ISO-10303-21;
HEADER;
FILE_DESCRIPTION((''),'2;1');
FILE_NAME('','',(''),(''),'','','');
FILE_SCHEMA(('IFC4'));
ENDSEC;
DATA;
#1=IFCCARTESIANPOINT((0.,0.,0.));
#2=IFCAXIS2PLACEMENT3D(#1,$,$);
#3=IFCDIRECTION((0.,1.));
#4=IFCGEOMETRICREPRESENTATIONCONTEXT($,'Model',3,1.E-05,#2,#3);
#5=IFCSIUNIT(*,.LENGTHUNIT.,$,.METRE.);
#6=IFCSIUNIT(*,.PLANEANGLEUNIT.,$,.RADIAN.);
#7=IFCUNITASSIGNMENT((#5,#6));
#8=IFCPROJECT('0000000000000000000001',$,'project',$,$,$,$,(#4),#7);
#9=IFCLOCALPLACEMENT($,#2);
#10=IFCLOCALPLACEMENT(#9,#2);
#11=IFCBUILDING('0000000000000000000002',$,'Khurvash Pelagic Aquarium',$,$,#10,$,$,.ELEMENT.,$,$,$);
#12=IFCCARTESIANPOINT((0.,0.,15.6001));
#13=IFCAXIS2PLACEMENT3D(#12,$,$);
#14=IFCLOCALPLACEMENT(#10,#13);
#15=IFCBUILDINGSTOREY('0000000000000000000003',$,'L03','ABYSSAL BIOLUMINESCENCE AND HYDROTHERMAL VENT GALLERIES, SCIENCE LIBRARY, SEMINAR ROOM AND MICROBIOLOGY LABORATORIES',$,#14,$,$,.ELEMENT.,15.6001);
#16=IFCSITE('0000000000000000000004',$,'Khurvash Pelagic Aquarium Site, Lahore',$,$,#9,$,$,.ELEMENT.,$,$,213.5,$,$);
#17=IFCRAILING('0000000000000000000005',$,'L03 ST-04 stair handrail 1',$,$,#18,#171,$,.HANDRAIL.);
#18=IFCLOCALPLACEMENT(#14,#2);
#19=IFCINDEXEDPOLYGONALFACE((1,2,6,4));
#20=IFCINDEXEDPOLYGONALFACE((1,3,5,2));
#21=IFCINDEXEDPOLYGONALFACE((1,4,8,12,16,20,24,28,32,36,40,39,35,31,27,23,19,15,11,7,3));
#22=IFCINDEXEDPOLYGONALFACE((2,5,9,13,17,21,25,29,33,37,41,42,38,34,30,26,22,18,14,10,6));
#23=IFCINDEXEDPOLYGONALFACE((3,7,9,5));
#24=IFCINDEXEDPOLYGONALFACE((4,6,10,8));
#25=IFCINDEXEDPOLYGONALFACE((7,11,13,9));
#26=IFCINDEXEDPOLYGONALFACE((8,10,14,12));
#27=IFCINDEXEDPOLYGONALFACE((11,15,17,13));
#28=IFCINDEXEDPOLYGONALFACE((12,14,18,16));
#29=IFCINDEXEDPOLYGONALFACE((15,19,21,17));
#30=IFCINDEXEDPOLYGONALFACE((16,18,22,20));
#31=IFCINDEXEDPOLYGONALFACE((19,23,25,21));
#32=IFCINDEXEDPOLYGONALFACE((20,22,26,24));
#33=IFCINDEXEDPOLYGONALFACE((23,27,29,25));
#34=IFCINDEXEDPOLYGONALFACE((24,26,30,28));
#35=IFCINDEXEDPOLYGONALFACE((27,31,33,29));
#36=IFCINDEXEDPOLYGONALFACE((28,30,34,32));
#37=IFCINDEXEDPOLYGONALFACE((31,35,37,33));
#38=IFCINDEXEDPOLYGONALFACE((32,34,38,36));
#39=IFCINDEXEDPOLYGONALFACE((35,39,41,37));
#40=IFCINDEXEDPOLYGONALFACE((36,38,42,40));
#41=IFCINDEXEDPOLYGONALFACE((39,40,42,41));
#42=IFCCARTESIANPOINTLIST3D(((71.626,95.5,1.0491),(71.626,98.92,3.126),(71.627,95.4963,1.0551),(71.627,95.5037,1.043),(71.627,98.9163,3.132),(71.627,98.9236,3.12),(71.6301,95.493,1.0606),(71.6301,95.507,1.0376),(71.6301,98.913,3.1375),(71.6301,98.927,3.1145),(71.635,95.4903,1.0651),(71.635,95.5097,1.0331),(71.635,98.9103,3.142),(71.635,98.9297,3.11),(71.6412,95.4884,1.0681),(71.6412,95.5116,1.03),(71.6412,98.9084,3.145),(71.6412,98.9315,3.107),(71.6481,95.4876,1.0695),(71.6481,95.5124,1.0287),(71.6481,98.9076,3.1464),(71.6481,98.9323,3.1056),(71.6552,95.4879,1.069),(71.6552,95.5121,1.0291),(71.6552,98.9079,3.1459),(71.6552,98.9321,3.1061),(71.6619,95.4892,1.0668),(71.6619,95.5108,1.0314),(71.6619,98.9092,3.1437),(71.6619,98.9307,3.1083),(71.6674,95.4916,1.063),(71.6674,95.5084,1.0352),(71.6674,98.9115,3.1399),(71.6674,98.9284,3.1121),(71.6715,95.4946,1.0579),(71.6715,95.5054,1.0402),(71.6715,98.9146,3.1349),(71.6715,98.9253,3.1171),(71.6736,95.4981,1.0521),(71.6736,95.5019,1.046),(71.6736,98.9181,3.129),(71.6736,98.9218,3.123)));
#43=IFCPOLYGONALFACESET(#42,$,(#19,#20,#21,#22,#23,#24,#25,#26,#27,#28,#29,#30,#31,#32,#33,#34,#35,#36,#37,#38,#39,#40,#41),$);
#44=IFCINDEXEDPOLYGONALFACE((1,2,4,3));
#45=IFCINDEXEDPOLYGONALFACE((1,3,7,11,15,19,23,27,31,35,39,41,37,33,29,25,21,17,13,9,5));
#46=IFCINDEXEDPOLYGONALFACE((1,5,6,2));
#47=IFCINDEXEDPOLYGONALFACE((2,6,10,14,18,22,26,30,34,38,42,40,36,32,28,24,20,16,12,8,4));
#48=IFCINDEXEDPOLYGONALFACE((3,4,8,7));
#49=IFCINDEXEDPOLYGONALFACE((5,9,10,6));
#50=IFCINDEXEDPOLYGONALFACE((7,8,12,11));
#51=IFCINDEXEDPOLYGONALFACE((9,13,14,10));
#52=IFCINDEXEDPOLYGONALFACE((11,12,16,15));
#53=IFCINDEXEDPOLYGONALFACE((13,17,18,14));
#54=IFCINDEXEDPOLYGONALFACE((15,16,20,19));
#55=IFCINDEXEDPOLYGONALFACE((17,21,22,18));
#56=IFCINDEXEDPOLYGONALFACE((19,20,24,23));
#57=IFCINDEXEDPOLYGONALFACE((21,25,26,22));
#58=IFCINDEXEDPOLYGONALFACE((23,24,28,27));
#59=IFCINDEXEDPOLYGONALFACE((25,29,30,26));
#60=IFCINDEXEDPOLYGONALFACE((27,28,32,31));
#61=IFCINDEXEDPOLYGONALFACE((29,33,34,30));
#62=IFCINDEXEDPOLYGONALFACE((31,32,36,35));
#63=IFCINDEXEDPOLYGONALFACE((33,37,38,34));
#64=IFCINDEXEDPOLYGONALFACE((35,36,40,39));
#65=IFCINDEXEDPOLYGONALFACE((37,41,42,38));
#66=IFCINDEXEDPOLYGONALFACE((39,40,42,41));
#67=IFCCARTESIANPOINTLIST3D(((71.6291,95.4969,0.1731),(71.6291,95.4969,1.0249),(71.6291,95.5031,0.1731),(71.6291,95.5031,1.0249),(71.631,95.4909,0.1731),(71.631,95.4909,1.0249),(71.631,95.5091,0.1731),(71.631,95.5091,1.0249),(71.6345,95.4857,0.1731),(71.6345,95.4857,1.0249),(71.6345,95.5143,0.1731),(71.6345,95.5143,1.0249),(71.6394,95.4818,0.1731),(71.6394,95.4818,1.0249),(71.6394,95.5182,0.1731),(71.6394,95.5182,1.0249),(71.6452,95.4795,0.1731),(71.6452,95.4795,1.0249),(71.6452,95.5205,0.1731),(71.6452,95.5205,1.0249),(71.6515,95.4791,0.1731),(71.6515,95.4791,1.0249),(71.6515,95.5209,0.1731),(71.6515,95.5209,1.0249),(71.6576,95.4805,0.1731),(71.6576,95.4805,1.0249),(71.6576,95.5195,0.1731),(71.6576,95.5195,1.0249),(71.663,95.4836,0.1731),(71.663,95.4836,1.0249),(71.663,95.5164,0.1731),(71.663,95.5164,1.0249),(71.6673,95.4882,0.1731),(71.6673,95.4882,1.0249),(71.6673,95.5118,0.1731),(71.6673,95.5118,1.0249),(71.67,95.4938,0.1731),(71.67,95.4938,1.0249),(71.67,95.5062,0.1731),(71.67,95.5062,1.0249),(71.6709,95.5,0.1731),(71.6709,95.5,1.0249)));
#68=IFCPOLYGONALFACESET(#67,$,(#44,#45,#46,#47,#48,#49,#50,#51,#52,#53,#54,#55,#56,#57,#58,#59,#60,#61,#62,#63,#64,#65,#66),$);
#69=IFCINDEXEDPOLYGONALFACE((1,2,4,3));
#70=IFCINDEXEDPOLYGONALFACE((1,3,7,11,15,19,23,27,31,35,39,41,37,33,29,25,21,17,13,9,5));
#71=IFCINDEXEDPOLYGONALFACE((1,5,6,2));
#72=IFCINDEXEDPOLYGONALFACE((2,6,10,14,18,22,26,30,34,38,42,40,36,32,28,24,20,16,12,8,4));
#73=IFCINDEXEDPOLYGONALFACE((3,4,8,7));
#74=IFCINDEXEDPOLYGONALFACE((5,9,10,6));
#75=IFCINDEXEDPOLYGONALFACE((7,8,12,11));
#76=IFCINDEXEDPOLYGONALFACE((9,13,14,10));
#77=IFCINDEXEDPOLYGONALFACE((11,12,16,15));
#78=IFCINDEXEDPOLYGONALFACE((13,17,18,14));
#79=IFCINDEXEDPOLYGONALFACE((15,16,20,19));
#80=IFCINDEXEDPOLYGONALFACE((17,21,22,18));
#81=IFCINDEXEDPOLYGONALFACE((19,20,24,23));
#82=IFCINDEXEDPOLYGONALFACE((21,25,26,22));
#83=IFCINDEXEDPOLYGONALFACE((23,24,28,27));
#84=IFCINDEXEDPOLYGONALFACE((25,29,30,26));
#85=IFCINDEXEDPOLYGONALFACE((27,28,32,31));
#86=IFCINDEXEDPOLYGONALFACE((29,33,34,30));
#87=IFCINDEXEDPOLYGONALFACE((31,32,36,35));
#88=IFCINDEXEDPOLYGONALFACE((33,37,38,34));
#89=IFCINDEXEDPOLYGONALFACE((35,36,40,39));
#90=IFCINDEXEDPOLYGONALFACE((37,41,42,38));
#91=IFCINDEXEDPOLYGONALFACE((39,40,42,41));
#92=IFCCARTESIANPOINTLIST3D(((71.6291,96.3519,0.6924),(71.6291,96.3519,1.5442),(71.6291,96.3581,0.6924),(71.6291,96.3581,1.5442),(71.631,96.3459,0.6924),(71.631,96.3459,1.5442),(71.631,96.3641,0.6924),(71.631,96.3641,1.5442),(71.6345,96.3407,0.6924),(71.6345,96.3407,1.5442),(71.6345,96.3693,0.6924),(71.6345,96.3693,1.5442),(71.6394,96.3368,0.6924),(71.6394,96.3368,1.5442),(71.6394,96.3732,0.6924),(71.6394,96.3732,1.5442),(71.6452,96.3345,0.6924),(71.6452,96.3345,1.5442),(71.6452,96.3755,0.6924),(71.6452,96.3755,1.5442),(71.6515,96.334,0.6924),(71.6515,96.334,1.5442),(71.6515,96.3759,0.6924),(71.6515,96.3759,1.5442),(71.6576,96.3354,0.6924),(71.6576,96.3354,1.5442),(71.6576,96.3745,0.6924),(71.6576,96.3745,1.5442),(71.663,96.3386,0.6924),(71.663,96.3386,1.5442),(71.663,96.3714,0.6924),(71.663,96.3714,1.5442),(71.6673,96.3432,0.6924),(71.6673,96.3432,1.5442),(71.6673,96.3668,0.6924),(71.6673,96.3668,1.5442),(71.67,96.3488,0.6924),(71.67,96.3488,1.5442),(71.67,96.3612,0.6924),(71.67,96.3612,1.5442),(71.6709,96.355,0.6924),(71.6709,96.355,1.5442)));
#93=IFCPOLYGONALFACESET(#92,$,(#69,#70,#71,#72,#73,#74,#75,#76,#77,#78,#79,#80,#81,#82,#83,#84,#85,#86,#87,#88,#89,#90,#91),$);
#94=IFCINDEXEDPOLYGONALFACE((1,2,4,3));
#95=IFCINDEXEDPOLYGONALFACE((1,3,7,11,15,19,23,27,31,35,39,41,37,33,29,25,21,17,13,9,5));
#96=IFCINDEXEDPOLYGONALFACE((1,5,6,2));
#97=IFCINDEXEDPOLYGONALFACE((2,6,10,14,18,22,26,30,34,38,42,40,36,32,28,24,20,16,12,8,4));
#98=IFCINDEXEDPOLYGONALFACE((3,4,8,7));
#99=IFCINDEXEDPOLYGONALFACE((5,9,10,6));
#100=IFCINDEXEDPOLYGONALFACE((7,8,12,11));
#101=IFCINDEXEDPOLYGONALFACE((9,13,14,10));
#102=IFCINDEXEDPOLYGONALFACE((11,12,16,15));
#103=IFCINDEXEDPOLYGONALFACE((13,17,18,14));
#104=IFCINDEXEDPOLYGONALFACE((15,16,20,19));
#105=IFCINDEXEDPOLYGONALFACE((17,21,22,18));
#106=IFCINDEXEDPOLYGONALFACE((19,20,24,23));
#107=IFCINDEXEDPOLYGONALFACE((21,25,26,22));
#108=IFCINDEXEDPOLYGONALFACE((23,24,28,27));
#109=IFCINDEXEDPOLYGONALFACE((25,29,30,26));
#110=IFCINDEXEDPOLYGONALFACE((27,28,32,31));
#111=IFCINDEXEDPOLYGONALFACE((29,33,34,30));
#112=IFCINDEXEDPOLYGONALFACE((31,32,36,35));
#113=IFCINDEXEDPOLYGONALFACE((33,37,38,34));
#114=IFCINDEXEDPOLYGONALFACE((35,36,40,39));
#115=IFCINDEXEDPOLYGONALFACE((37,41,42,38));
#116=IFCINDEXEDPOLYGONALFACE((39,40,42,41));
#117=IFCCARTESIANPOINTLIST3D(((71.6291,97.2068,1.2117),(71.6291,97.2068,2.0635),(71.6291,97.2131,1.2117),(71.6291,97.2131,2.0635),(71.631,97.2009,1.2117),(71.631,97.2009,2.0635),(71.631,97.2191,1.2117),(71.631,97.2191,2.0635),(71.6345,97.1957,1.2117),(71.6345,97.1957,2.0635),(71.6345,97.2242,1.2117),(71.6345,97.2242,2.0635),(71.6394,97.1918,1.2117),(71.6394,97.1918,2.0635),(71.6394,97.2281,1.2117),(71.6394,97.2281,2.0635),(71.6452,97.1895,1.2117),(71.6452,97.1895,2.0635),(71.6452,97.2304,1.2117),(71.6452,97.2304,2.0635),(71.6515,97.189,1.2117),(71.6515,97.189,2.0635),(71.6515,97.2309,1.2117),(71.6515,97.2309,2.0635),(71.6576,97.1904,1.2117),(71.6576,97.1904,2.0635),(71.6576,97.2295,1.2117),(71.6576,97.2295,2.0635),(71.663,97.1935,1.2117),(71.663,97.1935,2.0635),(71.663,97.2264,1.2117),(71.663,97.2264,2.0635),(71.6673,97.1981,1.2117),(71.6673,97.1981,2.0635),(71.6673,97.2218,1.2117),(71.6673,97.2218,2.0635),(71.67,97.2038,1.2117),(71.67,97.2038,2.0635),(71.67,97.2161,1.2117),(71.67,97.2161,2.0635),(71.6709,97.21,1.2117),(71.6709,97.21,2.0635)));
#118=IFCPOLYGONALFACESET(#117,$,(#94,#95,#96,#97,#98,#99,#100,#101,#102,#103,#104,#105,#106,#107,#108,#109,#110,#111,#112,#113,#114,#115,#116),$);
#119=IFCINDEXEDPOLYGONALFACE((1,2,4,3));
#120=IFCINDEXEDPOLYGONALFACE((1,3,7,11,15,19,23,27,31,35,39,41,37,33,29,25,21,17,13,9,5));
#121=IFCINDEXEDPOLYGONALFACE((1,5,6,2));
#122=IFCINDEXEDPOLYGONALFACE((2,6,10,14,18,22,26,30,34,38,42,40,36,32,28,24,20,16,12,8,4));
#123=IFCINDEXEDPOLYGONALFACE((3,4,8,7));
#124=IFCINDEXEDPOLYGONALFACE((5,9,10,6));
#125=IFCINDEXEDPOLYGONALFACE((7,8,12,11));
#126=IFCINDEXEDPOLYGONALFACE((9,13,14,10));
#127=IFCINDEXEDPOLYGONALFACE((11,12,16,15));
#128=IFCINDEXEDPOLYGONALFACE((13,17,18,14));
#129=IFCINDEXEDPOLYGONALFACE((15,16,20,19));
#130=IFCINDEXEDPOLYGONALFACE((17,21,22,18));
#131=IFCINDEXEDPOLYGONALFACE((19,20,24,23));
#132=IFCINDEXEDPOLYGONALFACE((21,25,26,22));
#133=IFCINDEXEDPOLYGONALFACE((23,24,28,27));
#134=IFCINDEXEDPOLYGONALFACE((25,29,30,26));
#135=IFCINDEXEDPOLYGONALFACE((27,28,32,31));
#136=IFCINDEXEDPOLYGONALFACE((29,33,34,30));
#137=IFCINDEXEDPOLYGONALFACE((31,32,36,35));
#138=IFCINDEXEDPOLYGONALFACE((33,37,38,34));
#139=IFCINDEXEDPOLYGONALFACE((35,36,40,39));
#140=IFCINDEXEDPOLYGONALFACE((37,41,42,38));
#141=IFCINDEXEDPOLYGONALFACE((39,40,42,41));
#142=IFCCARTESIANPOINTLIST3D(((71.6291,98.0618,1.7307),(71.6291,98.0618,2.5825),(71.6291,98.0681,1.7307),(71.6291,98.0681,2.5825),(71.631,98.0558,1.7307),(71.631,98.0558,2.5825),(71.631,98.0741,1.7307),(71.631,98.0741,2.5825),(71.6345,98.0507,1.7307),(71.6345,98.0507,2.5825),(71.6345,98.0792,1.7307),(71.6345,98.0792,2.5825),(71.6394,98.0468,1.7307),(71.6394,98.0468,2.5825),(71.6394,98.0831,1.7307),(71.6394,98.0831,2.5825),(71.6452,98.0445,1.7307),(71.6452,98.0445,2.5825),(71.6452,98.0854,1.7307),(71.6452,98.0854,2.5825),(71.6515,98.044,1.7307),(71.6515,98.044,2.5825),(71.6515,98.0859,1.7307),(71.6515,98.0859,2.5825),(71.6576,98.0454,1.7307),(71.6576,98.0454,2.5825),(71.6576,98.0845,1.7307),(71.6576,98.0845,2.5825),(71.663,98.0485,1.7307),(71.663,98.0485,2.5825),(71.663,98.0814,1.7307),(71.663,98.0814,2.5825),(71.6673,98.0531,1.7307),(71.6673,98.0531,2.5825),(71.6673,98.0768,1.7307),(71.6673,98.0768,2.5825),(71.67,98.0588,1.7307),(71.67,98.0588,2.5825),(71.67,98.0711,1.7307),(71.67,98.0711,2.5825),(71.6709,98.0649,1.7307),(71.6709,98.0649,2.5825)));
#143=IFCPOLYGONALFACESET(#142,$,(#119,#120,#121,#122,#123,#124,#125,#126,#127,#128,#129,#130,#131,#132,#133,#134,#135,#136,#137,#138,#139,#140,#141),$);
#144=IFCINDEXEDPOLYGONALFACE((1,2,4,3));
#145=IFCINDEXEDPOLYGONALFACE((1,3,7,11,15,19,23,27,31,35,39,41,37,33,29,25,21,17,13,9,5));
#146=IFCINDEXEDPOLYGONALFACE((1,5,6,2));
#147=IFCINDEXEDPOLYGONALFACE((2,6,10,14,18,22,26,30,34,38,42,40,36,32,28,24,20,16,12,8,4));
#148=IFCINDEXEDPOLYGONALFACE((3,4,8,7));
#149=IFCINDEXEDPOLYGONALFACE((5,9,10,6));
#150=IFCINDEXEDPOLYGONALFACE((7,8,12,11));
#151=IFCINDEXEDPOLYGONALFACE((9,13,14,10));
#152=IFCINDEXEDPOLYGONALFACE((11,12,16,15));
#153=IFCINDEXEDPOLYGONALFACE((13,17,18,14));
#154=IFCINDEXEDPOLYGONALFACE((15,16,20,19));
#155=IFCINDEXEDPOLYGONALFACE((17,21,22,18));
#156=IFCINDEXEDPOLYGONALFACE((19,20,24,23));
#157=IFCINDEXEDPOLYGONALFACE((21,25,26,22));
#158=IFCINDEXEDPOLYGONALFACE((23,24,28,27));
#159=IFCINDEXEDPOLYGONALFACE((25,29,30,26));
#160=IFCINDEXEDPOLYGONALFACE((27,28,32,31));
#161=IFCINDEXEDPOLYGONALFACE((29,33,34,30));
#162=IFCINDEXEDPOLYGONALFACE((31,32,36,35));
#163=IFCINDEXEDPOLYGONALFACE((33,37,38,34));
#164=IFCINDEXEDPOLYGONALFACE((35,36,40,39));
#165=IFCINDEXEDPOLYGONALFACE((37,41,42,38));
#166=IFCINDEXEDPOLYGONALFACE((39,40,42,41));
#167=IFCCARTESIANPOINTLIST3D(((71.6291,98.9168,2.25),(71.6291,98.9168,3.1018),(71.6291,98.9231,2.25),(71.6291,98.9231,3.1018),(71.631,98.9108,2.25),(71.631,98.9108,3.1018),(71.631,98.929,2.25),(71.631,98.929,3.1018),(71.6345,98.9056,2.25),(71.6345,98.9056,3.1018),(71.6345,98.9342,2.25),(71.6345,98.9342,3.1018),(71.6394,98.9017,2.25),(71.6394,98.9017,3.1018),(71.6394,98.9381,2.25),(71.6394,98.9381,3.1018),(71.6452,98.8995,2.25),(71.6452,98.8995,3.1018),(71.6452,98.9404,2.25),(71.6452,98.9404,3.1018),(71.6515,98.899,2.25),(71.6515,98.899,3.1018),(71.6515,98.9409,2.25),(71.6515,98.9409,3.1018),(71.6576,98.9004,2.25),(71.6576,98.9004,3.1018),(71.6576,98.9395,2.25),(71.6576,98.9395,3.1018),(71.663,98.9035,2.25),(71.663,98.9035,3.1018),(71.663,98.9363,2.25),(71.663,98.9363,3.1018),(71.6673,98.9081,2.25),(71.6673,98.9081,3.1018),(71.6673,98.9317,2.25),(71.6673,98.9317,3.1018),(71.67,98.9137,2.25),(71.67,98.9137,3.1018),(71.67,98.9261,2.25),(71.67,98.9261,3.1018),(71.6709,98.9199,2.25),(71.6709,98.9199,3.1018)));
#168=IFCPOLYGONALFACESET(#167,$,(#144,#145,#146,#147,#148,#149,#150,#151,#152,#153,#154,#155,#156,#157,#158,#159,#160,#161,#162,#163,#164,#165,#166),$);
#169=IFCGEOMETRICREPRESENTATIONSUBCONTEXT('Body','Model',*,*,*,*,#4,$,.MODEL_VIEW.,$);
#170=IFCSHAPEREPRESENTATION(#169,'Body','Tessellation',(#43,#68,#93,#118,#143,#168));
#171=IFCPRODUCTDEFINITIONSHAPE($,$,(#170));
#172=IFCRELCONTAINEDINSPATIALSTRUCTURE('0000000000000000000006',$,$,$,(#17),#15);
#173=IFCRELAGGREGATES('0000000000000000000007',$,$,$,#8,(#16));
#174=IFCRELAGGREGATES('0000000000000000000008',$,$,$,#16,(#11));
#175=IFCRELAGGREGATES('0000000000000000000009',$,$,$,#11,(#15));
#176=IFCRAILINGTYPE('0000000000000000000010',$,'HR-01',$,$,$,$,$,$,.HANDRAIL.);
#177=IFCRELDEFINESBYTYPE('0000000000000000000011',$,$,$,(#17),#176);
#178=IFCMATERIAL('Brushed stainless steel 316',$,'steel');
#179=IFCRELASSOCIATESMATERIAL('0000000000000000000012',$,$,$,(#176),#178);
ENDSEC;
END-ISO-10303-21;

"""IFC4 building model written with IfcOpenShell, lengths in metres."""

from ifc_helpers import new_model, si_unit, direction, frame, origin, origin_2d, place, context, subcontext, project, spatial, circle, extrude, material, type_object, element, save


model = new_model("IFC4")

# Units and contexts
model_context = context("Model", 3, precision=1e-05, world=origin(), true_north=direction((0.0, 1.0)))
body_context = subcontext(model_context, "Body", "Model", "MODEL_VIEW")
ifc_project = project(units=[si_unit("LENGTHUNIT", "METRE"), si_unit("PLANEANGLEUNIT", "RADIAN")], contexts=[model_context])

# Site, building, storey
site_placement = place(None, origin())
site = spatial("IfcSite", under=ifc_project, at=site_placement, Name="Khurvash Pelagic Aquarium Site, Lahore", CompositionType="ELEMENT", RefElevation=213.5)
building_placement = place(site_placement, origin())
building = spatial("IfcBuilding", under=site, at=building_placement, Name="Khurvash Pelagic Aquarium", CompositionType="ELEMENT")
storey_placement = place(building_placement, frame((0.0, 0.0, 15.6001)))
storey = spatial("IfcBuildingStorey", under=building, at=storey_placement, Name="L03", Description="ABYSSAL BIOLUMINESCENCE AND HYDROTHERMAL VENT GALLERIES, SCIENCE LIBRARY, SEMINAR ROOM AND MICROBIOLOGY LABORATORIES", CompositionType="ELEMENT", Elevation=15.6001)

# Railing
ifc_material_1 = material(Name="Brushed stainless steel 316", Category="steel")
railing_type_1 = type_object("IfcRailingType", Name="HR-01", PredefinedType="HANDRAIL", material=ifc_material_1)
railing_1_placement = place(storey_placement, frame((71.6499, 95.5, 0.1731)))
element("IfcRailing", 1, at=railing_1_placement, inside=storey, type_object=railing_type_1, Name="L03 ST-04 stair handrail 1", PredefinedType="HANDRAIL", context=body_context, shape_type="SweptSolid", body=[
    extrude(circle(Radius=0.0239, at=origin_2d()), frame((0.0, 0.0, 0.876), z_axis=(0.0, 0.85473, 0.519074), x_axis=(-1.0, 0.0, 0.0)), (0.0, 0.0, 1.0), 4.0012),
    extrude(circle(Radius=0.021, at=origin_2d()), origin(), (0.0, 0.0, 1.0), 0.8518),
    extrude(circle(Radius=0.021, at=origin_2d()), frame((0.0, 0.855, 0.5193)), (0.0, 0.0, 1.0), 0.8518),
    extrude(circle(Radius=0.021, at=origin_2d()), frame((0.0, 1.71, 1.0386)), (0.0, 0.0, 1.0), 0.8518),
    extrude(circle(Radius=0.021, at=origin_2d()), frame((0.0, 2.5649, 1.5576)), (0.0, 0.0, 1.0), 0.8518),
    extrude(circle(Radius=0.021, at=origin_2d()), frame((0.0, 3.4199, 2.0769)), (0.0, 0.0, 1.0), 0.8518),
])

save(model, "model.ifc")
